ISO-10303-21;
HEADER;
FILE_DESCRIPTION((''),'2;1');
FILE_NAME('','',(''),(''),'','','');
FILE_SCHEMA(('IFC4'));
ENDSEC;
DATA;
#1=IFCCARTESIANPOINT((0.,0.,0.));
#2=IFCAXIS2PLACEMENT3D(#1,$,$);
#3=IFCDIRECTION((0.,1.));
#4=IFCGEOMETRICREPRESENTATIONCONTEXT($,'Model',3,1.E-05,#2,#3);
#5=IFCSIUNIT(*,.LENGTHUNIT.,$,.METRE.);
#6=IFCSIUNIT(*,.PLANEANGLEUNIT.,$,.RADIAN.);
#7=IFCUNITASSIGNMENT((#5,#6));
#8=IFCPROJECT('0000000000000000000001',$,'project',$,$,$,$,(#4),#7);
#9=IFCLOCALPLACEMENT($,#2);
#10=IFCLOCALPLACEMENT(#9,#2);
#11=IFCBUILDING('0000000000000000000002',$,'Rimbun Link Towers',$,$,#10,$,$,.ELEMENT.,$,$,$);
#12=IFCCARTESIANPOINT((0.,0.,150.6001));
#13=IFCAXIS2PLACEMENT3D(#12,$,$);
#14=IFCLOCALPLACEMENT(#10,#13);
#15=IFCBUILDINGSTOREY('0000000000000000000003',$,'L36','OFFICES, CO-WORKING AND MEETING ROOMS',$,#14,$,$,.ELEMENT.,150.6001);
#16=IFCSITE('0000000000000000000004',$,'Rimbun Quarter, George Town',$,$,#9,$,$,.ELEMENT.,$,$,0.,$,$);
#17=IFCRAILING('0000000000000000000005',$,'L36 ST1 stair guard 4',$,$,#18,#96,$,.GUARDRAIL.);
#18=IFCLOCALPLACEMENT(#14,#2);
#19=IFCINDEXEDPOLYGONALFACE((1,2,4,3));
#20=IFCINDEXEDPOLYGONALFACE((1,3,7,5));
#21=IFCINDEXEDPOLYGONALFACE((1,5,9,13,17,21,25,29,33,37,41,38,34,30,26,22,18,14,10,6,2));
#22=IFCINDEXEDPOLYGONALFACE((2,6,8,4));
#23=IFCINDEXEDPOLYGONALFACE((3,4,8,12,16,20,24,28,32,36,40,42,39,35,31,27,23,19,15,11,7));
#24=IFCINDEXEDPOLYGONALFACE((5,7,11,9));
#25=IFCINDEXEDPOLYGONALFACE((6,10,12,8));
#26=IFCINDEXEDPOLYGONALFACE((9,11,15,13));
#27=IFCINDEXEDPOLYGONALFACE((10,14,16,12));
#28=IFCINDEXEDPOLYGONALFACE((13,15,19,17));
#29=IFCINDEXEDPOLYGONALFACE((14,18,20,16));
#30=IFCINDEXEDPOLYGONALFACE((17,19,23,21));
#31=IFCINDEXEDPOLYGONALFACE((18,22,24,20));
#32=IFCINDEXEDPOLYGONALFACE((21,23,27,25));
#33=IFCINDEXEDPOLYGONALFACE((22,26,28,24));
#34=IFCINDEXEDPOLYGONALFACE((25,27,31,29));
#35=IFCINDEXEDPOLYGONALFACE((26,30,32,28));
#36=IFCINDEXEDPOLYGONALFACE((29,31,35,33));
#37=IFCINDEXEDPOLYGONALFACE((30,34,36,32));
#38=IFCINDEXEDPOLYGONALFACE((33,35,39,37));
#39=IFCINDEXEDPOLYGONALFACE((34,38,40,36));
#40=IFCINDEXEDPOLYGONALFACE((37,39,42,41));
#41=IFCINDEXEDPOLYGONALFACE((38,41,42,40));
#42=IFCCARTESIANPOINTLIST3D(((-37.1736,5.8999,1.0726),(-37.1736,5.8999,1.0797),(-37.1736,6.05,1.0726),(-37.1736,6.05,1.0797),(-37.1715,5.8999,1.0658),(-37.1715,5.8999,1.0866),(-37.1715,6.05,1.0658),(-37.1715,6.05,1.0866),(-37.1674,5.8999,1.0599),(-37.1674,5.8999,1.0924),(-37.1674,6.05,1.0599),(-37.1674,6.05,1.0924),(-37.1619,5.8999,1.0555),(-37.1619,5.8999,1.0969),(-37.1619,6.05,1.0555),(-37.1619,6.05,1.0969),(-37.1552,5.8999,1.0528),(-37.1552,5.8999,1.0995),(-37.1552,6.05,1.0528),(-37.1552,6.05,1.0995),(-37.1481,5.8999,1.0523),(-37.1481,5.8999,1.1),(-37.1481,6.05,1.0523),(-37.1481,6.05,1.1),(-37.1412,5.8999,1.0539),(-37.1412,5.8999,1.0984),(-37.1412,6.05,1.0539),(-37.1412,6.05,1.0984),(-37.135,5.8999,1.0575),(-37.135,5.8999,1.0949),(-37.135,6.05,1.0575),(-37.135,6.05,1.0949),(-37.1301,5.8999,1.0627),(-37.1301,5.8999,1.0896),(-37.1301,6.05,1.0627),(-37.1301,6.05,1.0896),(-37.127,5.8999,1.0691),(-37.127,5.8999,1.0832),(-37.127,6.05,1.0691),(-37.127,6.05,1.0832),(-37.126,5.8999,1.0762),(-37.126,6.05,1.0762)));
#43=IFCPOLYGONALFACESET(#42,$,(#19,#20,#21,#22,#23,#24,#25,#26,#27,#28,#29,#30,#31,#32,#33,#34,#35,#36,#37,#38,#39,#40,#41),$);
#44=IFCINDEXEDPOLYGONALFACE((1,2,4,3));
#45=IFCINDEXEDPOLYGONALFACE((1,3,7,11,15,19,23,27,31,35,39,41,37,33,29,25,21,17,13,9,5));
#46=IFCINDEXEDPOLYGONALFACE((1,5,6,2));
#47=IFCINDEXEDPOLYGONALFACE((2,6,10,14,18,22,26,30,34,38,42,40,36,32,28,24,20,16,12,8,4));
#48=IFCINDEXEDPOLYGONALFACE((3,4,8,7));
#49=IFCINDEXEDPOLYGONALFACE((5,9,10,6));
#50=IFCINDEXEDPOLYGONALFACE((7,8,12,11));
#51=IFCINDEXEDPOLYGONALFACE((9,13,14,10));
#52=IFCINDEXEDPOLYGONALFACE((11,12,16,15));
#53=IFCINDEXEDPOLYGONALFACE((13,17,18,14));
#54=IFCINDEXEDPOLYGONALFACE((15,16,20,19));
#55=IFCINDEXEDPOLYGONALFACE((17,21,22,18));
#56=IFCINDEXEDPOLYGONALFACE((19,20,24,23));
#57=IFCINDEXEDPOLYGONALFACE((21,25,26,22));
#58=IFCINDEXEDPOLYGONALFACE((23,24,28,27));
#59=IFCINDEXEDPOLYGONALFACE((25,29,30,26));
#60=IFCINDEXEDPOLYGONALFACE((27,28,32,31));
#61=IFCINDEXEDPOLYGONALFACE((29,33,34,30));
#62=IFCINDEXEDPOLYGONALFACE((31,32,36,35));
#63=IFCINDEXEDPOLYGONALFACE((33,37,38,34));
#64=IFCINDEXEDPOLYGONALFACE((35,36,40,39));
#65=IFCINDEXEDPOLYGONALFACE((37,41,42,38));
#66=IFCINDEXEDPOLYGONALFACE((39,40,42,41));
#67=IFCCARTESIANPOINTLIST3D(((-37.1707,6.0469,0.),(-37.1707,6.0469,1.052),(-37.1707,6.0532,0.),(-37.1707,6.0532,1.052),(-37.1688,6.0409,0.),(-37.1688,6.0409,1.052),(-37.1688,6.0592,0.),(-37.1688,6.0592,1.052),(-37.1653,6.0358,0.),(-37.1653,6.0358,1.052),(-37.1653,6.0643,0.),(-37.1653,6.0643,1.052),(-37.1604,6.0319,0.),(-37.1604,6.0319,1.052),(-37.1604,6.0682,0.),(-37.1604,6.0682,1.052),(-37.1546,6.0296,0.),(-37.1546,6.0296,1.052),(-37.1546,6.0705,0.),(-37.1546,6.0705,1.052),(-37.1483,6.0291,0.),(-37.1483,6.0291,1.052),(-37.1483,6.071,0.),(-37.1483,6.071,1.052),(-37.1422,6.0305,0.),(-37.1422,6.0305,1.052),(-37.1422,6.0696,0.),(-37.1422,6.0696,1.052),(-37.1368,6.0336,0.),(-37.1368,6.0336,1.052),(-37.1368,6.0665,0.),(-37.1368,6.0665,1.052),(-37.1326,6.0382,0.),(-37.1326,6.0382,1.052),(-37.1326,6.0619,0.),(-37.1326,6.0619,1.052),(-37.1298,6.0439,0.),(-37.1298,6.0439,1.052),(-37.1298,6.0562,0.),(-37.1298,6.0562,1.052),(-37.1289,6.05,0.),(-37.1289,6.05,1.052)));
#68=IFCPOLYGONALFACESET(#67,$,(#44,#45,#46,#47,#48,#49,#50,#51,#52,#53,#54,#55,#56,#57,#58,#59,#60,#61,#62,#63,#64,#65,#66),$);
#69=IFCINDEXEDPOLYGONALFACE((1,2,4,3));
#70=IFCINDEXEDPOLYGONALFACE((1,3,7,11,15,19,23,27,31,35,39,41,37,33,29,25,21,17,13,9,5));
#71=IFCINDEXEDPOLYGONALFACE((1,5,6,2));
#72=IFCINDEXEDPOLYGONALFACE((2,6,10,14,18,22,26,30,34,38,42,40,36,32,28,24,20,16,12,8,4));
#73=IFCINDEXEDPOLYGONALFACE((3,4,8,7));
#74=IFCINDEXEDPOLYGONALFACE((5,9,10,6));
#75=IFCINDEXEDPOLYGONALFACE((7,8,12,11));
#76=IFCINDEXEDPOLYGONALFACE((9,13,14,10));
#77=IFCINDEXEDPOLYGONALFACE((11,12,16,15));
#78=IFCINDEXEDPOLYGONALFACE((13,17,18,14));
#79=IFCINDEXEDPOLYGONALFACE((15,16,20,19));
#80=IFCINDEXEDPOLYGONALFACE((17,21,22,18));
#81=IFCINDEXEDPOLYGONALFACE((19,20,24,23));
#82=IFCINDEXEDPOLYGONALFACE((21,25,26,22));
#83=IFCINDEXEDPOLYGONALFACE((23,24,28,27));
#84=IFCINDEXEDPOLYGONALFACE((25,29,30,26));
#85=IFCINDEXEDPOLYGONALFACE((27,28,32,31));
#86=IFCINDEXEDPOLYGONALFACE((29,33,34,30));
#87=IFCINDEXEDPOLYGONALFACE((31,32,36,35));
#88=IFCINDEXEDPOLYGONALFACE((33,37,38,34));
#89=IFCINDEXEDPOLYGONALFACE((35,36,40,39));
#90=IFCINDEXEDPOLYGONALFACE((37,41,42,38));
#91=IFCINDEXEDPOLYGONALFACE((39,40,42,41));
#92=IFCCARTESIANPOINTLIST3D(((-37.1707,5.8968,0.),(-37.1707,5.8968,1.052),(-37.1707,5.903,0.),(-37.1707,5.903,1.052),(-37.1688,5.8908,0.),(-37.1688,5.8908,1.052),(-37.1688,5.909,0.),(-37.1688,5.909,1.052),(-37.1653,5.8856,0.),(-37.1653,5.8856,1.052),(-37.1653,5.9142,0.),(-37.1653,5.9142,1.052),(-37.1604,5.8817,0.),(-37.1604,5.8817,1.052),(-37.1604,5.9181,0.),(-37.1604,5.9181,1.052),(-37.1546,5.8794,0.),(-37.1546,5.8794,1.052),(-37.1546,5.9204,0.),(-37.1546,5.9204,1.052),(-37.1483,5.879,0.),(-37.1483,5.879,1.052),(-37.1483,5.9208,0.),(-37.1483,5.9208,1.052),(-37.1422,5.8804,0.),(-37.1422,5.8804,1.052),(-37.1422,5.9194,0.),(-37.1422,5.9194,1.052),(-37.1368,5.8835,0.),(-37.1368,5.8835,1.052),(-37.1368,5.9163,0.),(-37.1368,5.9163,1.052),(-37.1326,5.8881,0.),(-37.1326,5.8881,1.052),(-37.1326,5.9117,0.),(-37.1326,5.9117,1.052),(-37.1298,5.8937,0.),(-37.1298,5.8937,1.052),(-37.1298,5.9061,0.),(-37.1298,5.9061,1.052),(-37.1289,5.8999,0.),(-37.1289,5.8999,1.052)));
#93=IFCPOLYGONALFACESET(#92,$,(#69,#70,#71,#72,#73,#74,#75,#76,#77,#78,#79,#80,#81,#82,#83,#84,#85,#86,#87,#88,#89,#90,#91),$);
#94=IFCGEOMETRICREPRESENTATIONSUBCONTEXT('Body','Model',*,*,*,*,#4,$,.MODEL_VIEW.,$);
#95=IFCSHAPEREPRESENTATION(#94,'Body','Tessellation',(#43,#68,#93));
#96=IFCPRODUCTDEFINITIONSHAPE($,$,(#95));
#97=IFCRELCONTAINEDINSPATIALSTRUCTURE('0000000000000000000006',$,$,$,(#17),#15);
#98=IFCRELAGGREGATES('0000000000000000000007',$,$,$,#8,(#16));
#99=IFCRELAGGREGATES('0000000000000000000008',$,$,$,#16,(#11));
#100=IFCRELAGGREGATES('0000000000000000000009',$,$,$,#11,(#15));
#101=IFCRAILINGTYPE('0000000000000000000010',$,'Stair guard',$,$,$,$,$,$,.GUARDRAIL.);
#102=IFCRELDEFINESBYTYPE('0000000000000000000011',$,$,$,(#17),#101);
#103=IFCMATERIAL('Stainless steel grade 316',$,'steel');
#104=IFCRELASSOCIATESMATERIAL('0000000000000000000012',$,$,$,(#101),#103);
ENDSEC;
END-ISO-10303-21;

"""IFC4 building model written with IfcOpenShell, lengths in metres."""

from ifc_helpers import new_model, si_unit, direction, frame, origin, origin_2d, place, context, subcontext, project, spatial, circle, extrude, material, type_object, element, save


model = new_model("IFC4")

# Units and contexts
model_context = context("Model", 3, precision=1e-05, world=origin(), true_north=direction((0.0, 1.0)))
body_context = subcontext(model_context, "Body", "Model", "MODEL_VIEW")
ifc_project = project(units=[si_unit("LENGTHUNIT", "METRE"), si_unit("PLANEANGLEUNIT", "RADIAN")], contexts=[model_context])

# Site, building, storey
site_placement = place(None, origin())
site = spatial("IfcSite", under=ifc_project, at=site_placement, Name="Rimbun Quarter, George Town", CompositionType="ELEMENT", RefElevation=0.0)
building_placement = place(site_placement, origin())
building = spatial("IfcBuilding", under=site, at=building_placement, Name="Rimbun Link Towers", CompositionType="ELEMENT")
storey_placement = place(building_placement, frame((0.0, 0.0, 150.6001)))
storey = spatial("IfcBuildingStorey", under=building, at=storey_placement, Name="L36", Description="OFFICES, CO-WORKING AND MEETING ROOMS", CompositionType="ELEMENT", Elevation=150.6001)

# Railing
ifc_material_1 = material(Name="Stainless steel grade 316", Category="steel")
railing_type_1 = type_object("IfcRailingType", Name="Stair guard", PredefinedType="GUARDRAIL", material=ifc_material_1)
railing_1_placement = place(storey_placement, frame((-37.1499, 6.05, 0.0)))
element("IfcRailing", 1, at=railing_1_placement, inside=storey, type_object=railing_type_1, Name="L36 ST1 stair guard 4", PredefinedType="GUARDRAIL", context=body_context, shape_type="SweptSolid", body=[
    extrude(circle(Radius=0.0239, at=origin_2d()), frame((0.0, 0.0, 1.0762), z_axis=(0.0, -1.0, 0.0), x_axis=(1.0, 0.0, 0.0)), (0.0, 0.0, 1.0), 0.1501),
    extrude(circle(Radius=0.021, at=origin_2d()), origin(), (0.0, 0.0, 1.0), 1.052),
    extrude(circle(Radius=0.021, at=origin_2d()), frame((0.0, -0.1501, 0.0)), (0.0, 0.0, 1.0), 1.052),
])

save(model, "model.ifc")
